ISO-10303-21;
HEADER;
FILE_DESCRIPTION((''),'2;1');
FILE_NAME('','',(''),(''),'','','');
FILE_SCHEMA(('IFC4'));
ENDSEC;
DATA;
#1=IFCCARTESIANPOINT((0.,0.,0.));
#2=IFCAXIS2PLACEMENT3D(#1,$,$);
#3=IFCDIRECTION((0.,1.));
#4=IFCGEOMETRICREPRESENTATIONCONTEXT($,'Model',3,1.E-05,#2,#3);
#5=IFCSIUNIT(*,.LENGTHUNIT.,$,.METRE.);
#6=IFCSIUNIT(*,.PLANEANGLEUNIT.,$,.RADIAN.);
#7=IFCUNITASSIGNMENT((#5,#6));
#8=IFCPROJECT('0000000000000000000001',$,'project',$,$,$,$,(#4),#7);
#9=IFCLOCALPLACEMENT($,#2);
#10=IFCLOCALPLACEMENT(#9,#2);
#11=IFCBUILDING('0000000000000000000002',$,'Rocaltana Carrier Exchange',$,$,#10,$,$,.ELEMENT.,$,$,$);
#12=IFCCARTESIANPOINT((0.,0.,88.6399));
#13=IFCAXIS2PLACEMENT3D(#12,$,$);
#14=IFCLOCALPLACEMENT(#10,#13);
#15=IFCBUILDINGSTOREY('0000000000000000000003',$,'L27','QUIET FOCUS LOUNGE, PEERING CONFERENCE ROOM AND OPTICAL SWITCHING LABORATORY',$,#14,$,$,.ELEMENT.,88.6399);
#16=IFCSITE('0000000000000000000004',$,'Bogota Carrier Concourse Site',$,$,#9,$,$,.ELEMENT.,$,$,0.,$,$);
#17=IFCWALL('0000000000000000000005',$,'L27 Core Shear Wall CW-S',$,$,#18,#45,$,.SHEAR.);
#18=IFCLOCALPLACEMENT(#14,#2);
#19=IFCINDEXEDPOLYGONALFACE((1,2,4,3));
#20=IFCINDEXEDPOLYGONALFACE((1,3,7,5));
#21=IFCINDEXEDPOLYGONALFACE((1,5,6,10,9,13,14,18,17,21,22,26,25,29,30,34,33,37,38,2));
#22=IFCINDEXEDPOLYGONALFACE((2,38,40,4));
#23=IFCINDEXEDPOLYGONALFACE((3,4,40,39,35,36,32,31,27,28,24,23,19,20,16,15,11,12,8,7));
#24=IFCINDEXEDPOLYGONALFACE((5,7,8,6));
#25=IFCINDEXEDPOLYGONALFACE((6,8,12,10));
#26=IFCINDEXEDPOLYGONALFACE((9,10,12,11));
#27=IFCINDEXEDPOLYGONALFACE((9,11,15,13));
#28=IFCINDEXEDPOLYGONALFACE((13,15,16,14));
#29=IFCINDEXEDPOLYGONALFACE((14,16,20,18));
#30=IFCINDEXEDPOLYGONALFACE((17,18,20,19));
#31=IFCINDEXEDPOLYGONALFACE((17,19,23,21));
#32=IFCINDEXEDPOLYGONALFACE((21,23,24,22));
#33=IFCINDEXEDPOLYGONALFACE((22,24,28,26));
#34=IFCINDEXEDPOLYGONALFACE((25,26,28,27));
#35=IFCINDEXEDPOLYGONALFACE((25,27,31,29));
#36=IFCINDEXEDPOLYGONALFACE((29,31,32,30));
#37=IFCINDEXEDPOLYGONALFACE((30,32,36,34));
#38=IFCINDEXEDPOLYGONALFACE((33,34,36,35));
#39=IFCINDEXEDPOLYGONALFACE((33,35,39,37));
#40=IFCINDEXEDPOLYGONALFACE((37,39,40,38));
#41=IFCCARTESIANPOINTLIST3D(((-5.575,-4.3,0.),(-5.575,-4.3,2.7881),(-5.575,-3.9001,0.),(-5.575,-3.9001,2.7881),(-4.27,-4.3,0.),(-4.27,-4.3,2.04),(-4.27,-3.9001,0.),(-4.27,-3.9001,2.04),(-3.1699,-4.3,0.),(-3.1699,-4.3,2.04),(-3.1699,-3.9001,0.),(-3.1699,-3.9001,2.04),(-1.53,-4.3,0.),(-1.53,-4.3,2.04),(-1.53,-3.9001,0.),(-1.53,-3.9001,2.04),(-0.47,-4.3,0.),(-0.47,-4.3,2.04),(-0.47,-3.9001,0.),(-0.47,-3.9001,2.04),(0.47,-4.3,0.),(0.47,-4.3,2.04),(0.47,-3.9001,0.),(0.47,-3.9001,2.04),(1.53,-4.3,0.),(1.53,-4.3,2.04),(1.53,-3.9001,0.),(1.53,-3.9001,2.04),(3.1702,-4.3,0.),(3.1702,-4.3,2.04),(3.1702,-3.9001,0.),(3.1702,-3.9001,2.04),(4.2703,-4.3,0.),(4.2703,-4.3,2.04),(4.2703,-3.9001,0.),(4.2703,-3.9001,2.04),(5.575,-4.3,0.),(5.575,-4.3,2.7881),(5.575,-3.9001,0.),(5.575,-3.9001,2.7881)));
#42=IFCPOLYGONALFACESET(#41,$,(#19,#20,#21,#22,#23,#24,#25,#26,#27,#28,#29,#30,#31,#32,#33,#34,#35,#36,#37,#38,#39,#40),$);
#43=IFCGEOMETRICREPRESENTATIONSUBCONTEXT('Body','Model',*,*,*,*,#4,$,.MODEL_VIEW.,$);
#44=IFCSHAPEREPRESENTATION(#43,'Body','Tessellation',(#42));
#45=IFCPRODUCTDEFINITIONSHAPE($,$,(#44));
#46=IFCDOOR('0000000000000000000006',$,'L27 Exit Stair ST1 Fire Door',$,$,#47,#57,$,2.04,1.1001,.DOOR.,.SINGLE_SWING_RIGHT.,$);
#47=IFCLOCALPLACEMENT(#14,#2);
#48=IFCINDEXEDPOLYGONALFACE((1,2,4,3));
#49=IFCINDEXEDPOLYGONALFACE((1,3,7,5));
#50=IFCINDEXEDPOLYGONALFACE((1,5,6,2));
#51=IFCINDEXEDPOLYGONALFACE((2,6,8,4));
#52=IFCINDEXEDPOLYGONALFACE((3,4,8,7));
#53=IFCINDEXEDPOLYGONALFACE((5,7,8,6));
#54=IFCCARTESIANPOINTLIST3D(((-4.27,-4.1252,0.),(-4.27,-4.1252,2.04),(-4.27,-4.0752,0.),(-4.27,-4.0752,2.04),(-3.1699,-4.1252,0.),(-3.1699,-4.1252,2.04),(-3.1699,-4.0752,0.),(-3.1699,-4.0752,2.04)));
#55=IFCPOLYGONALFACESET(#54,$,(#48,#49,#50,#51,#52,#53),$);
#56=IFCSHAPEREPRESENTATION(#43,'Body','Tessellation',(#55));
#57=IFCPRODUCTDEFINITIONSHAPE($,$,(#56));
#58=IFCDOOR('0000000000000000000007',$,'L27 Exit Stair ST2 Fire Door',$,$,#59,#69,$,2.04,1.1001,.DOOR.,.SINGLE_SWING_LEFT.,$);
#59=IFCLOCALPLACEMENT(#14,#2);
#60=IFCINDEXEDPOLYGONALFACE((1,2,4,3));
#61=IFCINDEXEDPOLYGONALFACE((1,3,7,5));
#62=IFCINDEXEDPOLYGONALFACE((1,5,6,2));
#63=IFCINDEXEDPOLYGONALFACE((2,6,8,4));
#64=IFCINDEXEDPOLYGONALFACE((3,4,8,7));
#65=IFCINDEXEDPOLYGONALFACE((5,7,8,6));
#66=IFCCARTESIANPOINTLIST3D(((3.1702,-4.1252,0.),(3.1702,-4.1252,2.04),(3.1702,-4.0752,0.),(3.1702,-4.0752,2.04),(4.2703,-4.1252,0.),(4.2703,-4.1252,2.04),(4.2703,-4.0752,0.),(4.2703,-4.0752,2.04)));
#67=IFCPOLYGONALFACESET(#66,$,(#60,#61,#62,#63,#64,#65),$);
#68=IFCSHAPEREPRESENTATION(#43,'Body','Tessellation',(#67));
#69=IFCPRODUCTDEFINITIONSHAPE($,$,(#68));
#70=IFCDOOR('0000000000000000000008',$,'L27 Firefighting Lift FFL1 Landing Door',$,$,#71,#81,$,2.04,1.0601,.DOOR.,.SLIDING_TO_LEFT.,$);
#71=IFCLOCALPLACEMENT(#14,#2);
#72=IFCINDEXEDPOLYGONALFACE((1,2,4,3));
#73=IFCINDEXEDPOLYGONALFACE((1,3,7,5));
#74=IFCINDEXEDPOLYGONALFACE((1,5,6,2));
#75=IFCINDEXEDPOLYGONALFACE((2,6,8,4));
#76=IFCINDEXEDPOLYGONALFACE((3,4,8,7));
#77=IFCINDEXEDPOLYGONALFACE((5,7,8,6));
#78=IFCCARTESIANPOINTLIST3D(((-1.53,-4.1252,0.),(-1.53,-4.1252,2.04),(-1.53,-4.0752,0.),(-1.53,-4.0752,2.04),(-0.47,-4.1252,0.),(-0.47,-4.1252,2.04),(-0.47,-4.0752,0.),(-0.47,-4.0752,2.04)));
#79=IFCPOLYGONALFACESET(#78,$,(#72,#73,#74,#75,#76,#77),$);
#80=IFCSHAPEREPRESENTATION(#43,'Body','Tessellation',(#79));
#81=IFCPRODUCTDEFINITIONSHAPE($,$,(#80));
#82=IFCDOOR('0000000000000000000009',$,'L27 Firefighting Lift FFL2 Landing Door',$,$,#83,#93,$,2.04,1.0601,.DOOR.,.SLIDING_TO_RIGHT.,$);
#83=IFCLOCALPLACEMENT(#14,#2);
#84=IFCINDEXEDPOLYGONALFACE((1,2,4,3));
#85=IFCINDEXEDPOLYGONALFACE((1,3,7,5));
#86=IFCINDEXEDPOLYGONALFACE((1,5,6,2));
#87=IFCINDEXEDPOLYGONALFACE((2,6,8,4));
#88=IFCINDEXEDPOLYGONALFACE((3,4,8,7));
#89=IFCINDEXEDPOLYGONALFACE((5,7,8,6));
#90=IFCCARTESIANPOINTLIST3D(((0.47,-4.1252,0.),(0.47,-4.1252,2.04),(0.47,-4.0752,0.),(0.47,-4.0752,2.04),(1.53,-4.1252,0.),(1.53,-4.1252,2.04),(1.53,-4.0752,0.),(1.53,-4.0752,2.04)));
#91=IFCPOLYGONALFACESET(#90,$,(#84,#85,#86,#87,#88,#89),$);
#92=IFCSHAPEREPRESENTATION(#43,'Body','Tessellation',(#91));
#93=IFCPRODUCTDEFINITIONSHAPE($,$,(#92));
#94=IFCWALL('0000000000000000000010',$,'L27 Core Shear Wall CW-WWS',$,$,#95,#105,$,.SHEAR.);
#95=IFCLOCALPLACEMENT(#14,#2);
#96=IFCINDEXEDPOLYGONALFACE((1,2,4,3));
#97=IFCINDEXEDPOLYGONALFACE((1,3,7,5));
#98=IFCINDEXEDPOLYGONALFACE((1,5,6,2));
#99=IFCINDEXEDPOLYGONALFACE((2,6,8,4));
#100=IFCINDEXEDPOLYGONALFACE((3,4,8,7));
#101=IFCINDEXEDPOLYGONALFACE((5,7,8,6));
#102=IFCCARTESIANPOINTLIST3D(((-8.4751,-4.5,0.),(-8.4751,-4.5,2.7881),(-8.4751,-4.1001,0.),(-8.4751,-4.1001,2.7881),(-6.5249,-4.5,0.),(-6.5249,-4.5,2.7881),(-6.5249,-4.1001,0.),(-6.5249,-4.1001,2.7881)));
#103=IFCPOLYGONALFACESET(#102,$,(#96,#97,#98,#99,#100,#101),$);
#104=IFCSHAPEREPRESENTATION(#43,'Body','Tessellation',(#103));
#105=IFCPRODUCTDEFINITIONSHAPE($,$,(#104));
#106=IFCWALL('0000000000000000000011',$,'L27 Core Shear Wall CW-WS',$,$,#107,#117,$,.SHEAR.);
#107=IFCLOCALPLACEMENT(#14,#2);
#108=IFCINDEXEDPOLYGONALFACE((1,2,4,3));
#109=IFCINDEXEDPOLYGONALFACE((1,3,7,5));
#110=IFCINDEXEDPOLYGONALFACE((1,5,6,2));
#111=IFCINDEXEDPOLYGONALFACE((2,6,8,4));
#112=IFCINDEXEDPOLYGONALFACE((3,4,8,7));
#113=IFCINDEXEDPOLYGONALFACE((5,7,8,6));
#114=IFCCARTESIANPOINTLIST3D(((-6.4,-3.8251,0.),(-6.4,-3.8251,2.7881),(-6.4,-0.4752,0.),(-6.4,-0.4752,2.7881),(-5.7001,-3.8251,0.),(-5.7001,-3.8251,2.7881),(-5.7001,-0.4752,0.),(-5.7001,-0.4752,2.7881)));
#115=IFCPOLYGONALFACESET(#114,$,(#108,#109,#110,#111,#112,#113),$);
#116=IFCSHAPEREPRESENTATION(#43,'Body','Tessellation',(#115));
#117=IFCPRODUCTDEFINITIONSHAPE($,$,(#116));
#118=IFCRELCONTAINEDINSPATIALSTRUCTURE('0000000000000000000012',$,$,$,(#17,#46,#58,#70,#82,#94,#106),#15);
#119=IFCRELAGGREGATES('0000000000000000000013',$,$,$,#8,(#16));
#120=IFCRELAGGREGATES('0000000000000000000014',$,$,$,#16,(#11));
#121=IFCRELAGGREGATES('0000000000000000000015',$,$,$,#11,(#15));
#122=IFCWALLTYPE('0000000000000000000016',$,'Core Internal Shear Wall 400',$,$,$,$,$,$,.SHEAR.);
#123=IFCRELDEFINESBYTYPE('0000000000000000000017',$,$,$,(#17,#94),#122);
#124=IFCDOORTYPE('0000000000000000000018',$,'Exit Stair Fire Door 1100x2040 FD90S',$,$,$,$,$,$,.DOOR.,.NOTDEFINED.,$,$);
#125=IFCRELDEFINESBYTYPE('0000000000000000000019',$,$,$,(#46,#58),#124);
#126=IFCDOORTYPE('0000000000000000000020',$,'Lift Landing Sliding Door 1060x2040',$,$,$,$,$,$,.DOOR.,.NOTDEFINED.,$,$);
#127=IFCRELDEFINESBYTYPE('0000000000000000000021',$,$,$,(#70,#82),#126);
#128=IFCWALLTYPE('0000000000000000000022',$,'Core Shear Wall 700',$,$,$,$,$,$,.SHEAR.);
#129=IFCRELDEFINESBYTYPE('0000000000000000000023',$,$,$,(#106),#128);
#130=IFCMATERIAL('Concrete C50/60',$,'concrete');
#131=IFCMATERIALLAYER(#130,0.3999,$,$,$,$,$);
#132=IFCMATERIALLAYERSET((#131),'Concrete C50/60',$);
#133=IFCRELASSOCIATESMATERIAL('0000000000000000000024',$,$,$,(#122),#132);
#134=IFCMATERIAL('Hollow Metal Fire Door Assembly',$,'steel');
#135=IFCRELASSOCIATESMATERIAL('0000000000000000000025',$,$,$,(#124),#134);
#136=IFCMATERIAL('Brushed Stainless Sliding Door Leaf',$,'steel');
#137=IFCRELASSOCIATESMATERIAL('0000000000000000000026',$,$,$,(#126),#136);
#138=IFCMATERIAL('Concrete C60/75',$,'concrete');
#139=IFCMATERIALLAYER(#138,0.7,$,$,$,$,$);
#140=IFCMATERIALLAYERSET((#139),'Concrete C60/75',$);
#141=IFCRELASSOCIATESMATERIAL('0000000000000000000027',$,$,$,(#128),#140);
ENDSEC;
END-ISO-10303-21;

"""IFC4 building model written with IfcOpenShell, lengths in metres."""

from ifc_helpers import new_model, si_unit, direction, frame, frame_2d, origin, place, context, subcontext, project, spatial, rectangle, extrude, material, layer, layer_set, type_object, element, fill, save


model = new_model("IFC4")

# Units and contexts
model_context = context("Model", 3, precision=1e-05, world=origin(), true_north=direction((0.0, 1.0)))
body_context = subcontext(model_context, "Body", "Model", "MODEL_VIEW")
ifc_project = project(units=[si_unit("LENGTHUNIT", "METRE"), si_unit("PLANEANGLEUNIT", "RADIAN")], contexts=[model_context])

# Site, building, storey
site_placement = place(None, origin())
site = spatial("IfcSite", under=ifc_project, at=site_placement, Name="Bogota Carrier Concourse Site", CompositionType="ELEMENT", RefElevation=0.0)
building_placement = place(site_placement, origin())
building = spatial("IfcBuilding", under=site, at=building_placement, Name="Rocaltana Carrier Exchange", CompositionType="ELEMENT")
storey_placement = place(building_placement, frame((0.0, 0.0, 88.6399)))
storey = spatial("IfcBuildingStorey", under=building, at=storey_placement, Name="L27", Description="QUIET FOCUS LOUNGE, PEERING CONFERENCE ROOM AND OPTICAL SWITCHING LABORATORY", CompositionType="ELEMENT", Elevation=88.6399)

# Wall, openings, doors
ifc_material_1 = material(Name="Concrete C50/60", Category="concrete")
ifc_layer_1 = layer(ifc_material_1, 0.3999)
ifc_layer_set_1 = layer_set([ifc_layer_1], Name="Concrete C50/60")
wall_type_1 = type_object("IfcWallType", Name="Core Internal Shear Wall 400", PredefinedType="SHEAR", material=ifc_layer_set_1)
wall_1_placement = place(storey_placement, frame((-5.575, -4.1001, 0.0), z_axis=(0.0, 0.0, 1.0), x_axis=(1.0, 0.0, 0.0)))
wall_1 = element("IfcWall", 1, at=wall_1_placement, inside=storey, type_object=wall_type_1, Name="L27 Core Shear Wall CW-S", PredefinedType="SHEAR", context=body_context, shape_type="SweptSolid", body=[
    extrude(rectangle(XDim=11.1499, YDim=0.3999, at=frame_2d((5.575, 0.0))), origin(), (0.0, 0.0, 1.0), 2.7881),
])
opening_1_placement = place(wall_1_placement, frame((1.3049, 0.0, 0.0)))
opening_1 = element("IfcOpeningElement", 2, at=opening_1_placement, cuts=wall_1, PredefinedType="OPENING", context=body_context, shape_type="SweptSolid", body=[
    extrude(rectangle(XDim=1.1001, YDim=2.04, at=frame_2d((0.55, 1.02))), frame((0.0, 0.21, 0.0), z_axis=(0.0, -1.0, 0.0), x_axis=(1.0, 0.0, 0.0)), (0.0, 0.0, 1.0), 0.4199),
])
opening_2_placement = place(wall_1_placement, frame((8.7451, 0.0, 0.0)))
opening_2 = element("IfcOpeningElement", 3, at=opening_2_placement, cuts=wall_1, PredefinedType="OPENING", context=body_context, shape_type="SweptSolid", body=[
    extrude(rectangle(XDim=1.1001, YDim=2.04, at=frame_2d((0.55, 1.02))), frame((0.0, 0.21, 0.0), z_axis=(0.0, -1.0, 0.0), x_axis=(1.0, 0.0, 0.0)), (0.0, 0.0, 1.0), 0.4199),
])
opening_3_placement = place(wall_1_placement, frame((4.0449, 0.0, 0.0)))
opening_3 = element("IfcOpeningElement", 4, at=opening_3_placement, cuts=wall_1, PredefinedType="OPENING", context=body_context, shape_type="SweptSolid", body=[
    extrude(rectangle(XDim=1.0601, YDim=2.04, at=frame_2d((0.53, 1.02))), frame((0.0, 0.21, 0.0), z_axis=(0.0, -1.0, 0.0), x_axis=(1.0, 0.0, 0.0)), (0.0, 0.0, 1.0), 0.4199),
])
opening_4_placement = place(wall_1_placement, frame((6.0449, 0.0, 0.0)))
opening_4 = element("IfcOpeningElement", 5, at=opening_4_placement, cuts=wall_1, PredefinedType="OPENING", context=body_context, shape_type="SweptSolid", body=[
    extrude(rectangle(XDim=1.0601, YDim=2.04, at=frame_2d((0.53, 1.02))), frame((0.0, 0.21, 0.0), z_axis=(0.0, -1.0, 0.0), x_axis=(1.0, 0.0, 0.0)), (0.0, 0.0, 1.0), 0.4199),
])
ifc_material_2 = material(Name="Hollow Metal Fire Door Assembly", Category="steel")
door_type_1 = type_object("IfcDoorType", Name="Exit Stair Fire Door 1100x2040 FD90S", OperationType="NOTDEFINED", PredefinedType="DOOR", material=ifc_material_2)
door_1_placement = place(opening_1_placement, origin())
door_1 = element("IfcDoor", 6, at=door_1_placement, inside=storey, type_object=door_type_1, Name="L27 Exit Stair ST1 Fire Door", OperationType="SINGLE_SWING_RIGHT", OverallHeight=2.04, OverallWidth=1.1001, PredefinedType="DOOR", context=body_context, shape_type="SweptSolid", body=[
    extrude(rectangle(XDim=1.1001, YDim=2.04, at=frame_2d((0.55, 1.02))), frame((0.0, 0.0249, 0.0), z_axis=(0.0, -1.0, 0.0), x_axis=(1.0, 0.0, 0.0)), (0.0, 0.0, 1.0), 0.05),
])
fill(opening_1, door_1)
door_2_placement = place(opening_2_placement, origin())
door_2 = element("IfcDoor", 7, at=door_2_placement, inside=storey, type_object=door_type_1, Name="L27 Exit Stair ST2 Fire Door", OperationType="SINGLE_SWING_LEFT", OverallHeight=2.04, OverallWidth=1.1001, PredefinedType="DOOR", context=body_context, shape_type="SweptSolid", body=[
    extrude(rectangle(XDim=1.1001, YDim=2.04, at=frame_2d((0.55, 1.02))), frame((0.0, 0.0249, 0.0), z_axis=(0.0, -1.0, 0.0), x_axis=(1.0, 0.0, 0.0)), (0.0, 0.0, 1.0), 0.05),
])
fill(opening_2, door_2)
ifc_material_3 = material(Name="Brushed Stainless Sliding Door Leaf", Category="steel")
door_type_2 = type_object("IfcDoorType", Name="Lift Landing Sliding Door 1060x2040", OperationType="NOTDEFINED", PredefinedType="DOOR", material=ifc_material_3)
door_3_placement = place(opening_3_placement, origin())
door_3 = element("IfcDoor", 8, at=door_3_placement, inside=storey, type_object=door_type_2, Name="L27 Firefighting Lift FFL1 Landing Door", OperationType="SLIDING_TO_LEFT", OverallHeight=2.04, OverallWidth=1.0601, PredefinedType="DOOR", context=body_context, shape_type="SweptSolid", body=[
    extrude(rectangle(XDim=1.0601, YDim=2.04, at=frame_2d((0.53, 1.02))), frame((0.0, 0.0249, 0.0), z_axis=(0.0, -1.0, 0.0), x_axis=(1.0, 0.0, 0.0)), (0.0, 0.0, 1.0), 0.05),
])
fill(opening_3, door_3)
door_4_placement = place(opening_4_placement, origin())
door_4 = element("IfcDoor", 9, at=door_4_placement, inside=storey, type_object=door_type_2, Name="L27 Firefighting Lift FFL2 Landing Door", OperationType="SLIDING_TO_RIGHT", OverallHeight=2.04, OverallWidth=1.0601, PredefinedType="DOOR", context=body_context, shape_type="SweptSolid", body=[
    extrude(rectangle(XDim=1.0601, YDim=2.04, at=frame_2d((0.53, 1.02))), frame((0.0, 0.0249, 0.0), z_axis=(0.0, -1.0, 0.0), x_axis=(1.0, 0.0, 0.0)), (0.0, 0.0, 1.0), 0.05),
])
fill(opening_4, door_4)

# Walls
wall_2_placement = place(storey_placement, frame((-8.4751, -4.3, 0.0), z_axis=(0.0, 0.0, 1.0), x_axis=(1.0, 0.0, 0.0)))
element("IfcWall", 10, at=wall_2_placement, inside=storey, type_object=wall_type_1, Name="L27 Core Shear Wall CW-WWS", PredefinedType="SHEAR", context=body_context, shape_type="SweptSolid", body=[
    extrude(rectangle(XDim=1.9502, YDim=0.3999, at=frame_2d((0.9751, 0.0))), origin(), (0.0, 0.0, 1.0), 2.7881),
])
ifc_material_4 = material(Name="Concrete C60/75", Category="concrete")
ifc_layer_2 = layer(ifc_material_4, 0.7)
ifc_layer_set_2 = layer_set([ifc_layer_2], Name="Concrete C60/75")
wall_type_2 = type_object("IfcWallType", Name="Core Shear Wall 700", PredefinedType="SHEAR", material=ifc_layer_set_2)
wall_3_placement = place(storey_placement, frame((-6.05, -3.825, 0.0), z_axis=(0.0, 0.0, 1.0), x_axis=(0.0, 1.0, 0.0)))
element("IfcWall", 11, at=wall_3_placement, inside=storey, type_object=wall_type_2, Name="L27 Core Shear Wall CW-WS", PredefinedType="SHEAR", context=body_context, shape_type="SweptSolid", body=[
    extrude(rectangle(XDim=3.3499, YDim=0.7, at=frame_2d((1.6748, 0.0))), origin(), (0.0, 0.0, 1.0), 2.7881),
])

save(model, "model.ifc")
